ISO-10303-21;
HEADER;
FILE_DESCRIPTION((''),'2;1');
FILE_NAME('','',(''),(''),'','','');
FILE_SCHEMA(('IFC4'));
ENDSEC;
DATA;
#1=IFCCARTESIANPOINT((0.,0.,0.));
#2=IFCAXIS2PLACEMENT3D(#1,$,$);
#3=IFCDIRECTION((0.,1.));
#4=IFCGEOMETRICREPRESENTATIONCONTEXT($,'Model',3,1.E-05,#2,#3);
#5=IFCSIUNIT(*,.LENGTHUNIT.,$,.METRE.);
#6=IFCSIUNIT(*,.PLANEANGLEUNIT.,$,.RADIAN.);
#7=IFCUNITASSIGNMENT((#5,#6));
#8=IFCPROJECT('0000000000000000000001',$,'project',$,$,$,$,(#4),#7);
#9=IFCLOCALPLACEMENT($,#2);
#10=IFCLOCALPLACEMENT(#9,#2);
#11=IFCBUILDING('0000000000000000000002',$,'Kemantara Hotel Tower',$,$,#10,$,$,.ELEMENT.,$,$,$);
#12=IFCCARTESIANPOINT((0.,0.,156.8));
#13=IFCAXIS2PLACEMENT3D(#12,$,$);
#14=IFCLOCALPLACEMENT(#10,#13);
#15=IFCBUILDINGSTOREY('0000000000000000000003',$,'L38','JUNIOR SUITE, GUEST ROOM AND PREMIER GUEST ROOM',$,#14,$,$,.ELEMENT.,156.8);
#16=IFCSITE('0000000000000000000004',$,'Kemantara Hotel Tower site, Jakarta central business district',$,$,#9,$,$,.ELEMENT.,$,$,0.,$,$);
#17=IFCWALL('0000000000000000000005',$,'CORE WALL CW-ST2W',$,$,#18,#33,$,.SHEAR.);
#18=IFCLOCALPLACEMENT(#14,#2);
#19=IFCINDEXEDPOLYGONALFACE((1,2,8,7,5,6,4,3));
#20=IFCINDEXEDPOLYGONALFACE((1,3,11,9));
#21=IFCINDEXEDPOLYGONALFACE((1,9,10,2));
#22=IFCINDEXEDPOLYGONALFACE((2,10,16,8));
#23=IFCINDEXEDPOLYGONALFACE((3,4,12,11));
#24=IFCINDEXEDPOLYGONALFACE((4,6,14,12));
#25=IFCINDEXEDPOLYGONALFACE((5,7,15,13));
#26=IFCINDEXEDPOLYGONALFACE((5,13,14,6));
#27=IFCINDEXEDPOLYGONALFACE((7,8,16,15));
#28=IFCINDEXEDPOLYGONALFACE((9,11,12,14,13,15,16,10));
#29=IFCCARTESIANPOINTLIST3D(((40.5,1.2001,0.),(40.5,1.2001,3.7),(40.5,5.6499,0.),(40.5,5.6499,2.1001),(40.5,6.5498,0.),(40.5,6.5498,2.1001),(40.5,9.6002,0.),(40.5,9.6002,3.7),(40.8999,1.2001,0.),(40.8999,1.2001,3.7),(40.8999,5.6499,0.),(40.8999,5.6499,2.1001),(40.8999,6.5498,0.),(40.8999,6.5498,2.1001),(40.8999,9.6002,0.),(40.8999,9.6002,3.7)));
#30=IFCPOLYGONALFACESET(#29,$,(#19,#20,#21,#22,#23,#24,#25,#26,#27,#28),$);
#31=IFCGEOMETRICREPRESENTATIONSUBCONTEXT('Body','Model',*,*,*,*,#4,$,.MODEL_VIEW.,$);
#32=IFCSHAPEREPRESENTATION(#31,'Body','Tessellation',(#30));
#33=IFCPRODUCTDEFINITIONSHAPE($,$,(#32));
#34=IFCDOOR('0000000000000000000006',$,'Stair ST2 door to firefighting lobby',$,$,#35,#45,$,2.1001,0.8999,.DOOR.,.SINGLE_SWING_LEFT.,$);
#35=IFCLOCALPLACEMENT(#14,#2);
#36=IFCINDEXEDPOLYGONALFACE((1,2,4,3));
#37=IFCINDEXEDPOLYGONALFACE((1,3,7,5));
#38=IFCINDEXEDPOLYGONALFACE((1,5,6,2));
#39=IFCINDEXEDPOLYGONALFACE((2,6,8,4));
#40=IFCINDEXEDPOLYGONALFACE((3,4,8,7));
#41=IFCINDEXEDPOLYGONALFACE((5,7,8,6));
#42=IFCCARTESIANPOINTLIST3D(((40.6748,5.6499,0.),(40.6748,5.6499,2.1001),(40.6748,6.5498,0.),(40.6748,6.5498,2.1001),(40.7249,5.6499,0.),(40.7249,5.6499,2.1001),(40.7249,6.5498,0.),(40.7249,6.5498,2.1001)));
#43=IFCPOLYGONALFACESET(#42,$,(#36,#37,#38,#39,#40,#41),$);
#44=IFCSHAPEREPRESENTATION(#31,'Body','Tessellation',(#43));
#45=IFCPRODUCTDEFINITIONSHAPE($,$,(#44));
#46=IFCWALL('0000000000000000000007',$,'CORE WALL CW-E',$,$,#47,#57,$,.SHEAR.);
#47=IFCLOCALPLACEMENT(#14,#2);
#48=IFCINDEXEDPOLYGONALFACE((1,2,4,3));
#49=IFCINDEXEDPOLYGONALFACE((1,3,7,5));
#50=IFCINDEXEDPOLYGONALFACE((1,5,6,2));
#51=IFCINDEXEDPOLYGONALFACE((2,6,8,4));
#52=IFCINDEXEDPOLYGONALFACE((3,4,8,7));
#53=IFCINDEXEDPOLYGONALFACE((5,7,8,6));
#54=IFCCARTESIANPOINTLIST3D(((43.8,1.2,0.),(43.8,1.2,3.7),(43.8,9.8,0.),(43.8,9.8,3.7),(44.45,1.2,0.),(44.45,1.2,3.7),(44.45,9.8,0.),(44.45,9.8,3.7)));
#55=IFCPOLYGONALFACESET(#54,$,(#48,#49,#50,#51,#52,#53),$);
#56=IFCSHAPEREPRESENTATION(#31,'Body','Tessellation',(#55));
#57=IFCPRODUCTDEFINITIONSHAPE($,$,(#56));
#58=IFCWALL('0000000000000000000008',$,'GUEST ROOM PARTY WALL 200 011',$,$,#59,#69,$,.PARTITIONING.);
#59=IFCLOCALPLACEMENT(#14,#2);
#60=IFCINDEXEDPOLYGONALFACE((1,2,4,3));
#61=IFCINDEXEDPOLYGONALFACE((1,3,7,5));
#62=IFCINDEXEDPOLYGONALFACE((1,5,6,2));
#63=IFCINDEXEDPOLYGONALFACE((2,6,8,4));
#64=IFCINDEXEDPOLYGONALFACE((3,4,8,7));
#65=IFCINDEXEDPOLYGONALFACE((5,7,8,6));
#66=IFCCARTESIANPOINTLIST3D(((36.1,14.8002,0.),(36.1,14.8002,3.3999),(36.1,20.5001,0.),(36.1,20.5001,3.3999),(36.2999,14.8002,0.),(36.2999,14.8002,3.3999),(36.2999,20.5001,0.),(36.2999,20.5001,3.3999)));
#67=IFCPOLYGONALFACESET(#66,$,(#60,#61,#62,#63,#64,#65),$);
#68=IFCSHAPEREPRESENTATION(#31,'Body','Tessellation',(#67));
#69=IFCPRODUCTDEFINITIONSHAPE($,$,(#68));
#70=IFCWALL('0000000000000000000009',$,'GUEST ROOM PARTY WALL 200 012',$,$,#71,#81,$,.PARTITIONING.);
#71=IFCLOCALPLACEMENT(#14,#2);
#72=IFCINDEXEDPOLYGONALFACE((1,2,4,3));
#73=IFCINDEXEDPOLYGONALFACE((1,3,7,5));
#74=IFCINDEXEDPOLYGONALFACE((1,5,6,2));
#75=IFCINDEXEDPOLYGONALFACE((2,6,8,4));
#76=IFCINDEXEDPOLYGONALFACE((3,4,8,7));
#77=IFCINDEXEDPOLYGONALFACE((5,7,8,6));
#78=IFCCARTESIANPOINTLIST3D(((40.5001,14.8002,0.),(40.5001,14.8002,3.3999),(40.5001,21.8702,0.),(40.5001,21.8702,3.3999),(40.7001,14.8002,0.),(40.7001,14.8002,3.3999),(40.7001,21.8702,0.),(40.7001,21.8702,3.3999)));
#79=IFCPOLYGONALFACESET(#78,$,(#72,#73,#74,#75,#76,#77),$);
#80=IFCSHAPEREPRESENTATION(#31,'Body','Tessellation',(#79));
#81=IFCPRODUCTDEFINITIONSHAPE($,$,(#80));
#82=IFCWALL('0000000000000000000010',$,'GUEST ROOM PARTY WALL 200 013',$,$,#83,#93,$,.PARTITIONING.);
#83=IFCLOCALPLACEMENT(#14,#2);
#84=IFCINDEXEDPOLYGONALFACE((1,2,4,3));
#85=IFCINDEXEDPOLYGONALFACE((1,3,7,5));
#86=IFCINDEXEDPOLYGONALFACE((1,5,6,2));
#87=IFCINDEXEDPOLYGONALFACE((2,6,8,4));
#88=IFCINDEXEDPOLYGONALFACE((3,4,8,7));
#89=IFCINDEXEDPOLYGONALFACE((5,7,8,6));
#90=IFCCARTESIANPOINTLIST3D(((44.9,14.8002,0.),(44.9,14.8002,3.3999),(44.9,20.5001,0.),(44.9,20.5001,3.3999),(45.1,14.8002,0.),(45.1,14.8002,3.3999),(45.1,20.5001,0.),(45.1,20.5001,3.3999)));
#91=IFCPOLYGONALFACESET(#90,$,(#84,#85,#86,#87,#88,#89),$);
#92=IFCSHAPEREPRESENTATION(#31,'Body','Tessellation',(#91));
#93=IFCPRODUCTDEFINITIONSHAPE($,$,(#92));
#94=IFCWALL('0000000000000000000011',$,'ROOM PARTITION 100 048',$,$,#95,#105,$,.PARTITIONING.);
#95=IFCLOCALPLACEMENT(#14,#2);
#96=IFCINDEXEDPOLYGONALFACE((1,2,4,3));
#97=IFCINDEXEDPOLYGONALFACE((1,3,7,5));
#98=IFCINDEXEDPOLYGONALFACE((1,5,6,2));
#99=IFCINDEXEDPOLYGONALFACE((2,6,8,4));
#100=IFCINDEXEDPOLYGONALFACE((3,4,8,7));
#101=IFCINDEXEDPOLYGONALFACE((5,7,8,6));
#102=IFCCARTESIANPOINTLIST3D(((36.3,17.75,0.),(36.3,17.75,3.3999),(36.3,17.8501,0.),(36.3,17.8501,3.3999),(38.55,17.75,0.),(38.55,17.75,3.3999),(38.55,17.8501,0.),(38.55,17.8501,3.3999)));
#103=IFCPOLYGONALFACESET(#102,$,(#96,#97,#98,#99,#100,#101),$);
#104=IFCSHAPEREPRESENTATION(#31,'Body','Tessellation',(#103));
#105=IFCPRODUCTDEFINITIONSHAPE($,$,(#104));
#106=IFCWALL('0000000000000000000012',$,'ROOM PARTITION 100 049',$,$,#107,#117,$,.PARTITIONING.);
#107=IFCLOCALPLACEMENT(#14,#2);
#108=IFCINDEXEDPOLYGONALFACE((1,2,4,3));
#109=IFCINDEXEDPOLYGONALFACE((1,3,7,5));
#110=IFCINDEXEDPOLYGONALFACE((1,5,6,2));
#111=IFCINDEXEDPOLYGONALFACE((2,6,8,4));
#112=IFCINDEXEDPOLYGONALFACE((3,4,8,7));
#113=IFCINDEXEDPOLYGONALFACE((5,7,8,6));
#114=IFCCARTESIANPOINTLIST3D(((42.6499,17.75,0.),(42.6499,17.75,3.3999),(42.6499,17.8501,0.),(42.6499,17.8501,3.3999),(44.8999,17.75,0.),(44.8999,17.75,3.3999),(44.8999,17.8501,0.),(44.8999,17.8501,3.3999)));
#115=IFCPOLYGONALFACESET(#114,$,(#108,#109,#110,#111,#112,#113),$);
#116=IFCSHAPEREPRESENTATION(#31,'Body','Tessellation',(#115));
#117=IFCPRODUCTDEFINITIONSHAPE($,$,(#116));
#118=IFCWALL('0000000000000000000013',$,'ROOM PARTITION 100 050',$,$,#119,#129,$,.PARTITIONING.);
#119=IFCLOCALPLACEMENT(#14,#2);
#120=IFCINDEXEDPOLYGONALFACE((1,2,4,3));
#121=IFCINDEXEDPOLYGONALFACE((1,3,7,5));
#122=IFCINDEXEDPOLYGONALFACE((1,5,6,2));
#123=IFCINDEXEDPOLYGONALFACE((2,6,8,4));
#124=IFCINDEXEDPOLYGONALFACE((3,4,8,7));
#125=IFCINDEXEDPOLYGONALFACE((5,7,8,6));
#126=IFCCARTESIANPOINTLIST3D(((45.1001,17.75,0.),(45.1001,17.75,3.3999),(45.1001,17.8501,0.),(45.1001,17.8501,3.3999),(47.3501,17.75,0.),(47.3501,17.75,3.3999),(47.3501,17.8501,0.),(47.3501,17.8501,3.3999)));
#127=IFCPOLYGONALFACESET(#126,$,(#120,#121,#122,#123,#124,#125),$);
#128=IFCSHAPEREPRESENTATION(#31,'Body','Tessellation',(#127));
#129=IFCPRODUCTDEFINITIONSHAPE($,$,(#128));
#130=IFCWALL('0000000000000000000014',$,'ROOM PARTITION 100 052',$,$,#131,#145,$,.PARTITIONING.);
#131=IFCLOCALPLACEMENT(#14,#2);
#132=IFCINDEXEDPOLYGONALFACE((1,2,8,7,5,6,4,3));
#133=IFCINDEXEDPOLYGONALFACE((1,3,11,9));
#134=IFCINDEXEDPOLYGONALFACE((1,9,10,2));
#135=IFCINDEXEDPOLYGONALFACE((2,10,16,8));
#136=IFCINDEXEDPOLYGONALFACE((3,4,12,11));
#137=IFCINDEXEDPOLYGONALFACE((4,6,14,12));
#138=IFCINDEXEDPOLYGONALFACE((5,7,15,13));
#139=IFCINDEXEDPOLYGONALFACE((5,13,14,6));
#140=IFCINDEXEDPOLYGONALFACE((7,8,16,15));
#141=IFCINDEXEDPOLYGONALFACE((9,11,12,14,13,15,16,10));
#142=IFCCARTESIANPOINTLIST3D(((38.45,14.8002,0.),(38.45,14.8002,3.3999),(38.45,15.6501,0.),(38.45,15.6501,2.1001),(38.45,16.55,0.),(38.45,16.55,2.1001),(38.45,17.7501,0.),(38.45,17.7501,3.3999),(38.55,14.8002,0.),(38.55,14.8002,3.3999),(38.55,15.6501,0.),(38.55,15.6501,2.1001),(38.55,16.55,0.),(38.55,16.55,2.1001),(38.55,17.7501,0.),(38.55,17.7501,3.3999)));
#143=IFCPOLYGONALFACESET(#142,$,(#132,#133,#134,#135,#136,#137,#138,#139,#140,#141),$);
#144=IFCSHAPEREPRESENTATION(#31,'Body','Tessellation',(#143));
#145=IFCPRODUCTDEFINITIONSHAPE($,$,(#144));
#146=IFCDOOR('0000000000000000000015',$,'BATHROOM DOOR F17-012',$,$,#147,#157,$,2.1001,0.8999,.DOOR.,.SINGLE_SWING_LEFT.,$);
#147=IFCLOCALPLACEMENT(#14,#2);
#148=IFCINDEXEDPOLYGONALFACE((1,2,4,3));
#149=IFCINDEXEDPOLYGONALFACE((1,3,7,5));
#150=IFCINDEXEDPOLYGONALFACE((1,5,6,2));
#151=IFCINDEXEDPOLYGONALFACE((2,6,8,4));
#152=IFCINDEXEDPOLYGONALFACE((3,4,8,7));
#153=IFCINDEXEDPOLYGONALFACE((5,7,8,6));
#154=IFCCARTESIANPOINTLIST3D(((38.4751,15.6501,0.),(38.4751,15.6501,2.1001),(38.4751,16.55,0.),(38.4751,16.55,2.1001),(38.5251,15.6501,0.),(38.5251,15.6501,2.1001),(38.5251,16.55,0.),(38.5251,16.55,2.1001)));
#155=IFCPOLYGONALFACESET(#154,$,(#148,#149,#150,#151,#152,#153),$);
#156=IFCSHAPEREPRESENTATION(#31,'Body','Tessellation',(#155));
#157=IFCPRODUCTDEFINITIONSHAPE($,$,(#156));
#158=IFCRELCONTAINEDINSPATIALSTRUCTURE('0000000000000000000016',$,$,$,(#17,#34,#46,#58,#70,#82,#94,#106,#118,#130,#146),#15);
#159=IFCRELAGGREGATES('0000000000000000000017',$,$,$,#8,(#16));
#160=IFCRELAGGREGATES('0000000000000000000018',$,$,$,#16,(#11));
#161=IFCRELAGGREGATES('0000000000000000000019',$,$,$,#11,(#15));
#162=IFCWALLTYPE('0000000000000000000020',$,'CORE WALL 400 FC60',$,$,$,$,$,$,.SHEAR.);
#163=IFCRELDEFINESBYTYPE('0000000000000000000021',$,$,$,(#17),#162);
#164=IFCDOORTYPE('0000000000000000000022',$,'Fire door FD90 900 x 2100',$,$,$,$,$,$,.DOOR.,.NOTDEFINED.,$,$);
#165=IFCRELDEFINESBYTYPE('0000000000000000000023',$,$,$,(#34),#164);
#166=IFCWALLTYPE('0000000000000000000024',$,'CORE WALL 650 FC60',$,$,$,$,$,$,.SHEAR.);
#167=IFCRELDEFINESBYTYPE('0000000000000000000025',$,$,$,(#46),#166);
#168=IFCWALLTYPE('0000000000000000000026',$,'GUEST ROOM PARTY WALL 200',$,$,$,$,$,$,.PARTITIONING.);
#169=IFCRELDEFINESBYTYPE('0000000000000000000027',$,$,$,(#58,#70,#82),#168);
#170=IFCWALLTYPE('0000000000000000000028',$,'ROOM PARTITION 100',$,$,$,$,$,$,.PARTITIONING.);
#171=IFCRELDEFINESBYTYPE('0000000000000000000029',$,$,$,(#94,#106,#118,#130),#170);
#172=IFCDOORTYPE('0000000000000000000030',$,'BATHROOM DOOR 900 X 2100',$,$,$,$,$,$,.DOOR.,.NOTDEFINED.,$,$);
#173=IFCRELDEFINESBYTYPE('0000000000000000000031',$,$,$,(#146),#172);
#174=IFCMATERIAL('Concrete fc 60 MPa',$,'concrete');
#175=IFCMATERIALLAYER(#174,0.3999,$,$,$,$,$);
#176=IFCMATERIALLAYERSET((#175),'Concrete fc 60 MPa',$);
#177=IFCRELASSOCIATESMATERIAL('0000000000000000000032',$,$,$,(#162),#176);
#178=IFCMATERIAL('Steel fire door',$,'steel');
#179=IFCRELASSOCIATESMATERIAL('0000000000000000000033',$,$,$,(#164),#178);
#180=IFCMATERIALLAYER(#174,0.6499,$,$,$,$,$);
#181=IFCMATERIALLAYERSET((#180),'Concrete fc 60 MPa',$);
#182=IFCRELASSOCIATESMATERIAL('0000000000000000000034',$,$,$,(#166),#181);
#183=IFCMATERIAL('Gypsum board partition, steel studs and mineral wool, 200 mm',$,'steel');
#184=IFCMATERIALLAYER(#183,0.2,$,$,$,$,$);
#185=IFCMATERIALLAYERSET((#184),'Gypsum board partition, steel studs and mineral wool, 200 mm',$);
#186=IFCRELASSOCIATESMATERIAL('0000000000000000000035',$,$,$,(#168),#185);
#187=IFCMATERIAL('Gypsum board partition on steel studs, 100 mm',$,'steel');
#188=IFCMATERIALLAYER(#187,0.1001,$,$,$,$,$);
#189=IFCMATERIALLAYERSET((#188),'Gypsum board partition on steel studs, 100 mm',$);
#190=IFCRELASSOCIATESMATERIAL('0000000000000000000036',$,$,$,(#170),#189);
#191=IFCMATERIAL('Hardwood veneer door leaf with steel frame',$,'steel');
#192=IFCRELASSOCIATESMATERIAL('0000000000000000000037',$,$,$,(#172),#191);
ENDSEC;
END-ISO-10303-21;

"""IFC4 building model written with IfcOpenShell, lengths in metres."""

from ifc_helpers import new_model, si_unit, direction, frame, frame_2d, origin, place, context, subcontext, project, spatial, rectangle, extrude, material, layer, layer_set, type_object, element, fill, save


model = new_model("IFC4")

# Units and contexts
model_context = context("Model", 3, precision=1e-05, world=origin(), true_north=direction((0.0, 1.0)))
body_context = subcontext(model_context, "Body", "Model", "MODEL_VIEW")
ifc_project = project(units=[si_unit("LENGTHUNIT", "METRE"), si_unit("PLANEANGLEUNIT", "RADIAN")], contexts=[model_context])

# Site, building, storey
site_placement = place(None, origin())
site = spatial("IfcSite", under=ifc_project, at=site_placement, Name="Kemantara Hotel Tower site, Jakarta central business district", CompositionType="ELEMENT", RefElevation=0.0)
building_placement = place(site_placement, origin())
building = spatial("IfcBuilding", under=site, at=building_placement, Name="Kemantara Hotel Tower", CompositionType="ELEMENT")
storey_placement = place(building_placement, frame((0.0, 0.0, 156.8)))
storey = spatial("IfcBuildingStorey", under=building, at=storey_placement, Name="L38", Description="JUNIOR SUITE, GUEST ROOM AND PREMIER GUEST ROOM", CompositionType="ELEMENT", Elevation=156.8)

# Shared definitions
ifc_material_1 = material(Name="Concrete fc 60 MPa", Category="concrete")

# Wall, opening, door
ifc_layer_1 = layer(ifc_material_1, 0.3999)
ifc_layer_set_1 = layer_set([ifc_layer_1], Name="Concrete fc 60 MPa")
wall_type_1 = type_object("IfcWallType", Name="CORE WALL 400 FC60", PredefinedType="SHEAR", material=ifc_layer_set_1)
ifc_material_2 = material(Name="Steel fire door", Category="steel")
wall_1_placement = place(storey_placement, frame((40.7, 1.2, 0.0), z_axis=(0.0, 0.0, 1.0), x_axis=(0.0, 1.0, 0.0)))
wall_1 = element("IfcWall", 1, at=wall_1_placement, inside=storey, type_object=wall_type_1, Name="CORE WALL CW-ST2W", PredefinedType="SHEAR", context=body_context, shape_type="SweptSolid", body=[
    extrude(rectangle(XDim=8.4001, YDim=0.3999, at=frame_2d((4.2002, 0.0))), origin(), (0.0, 0.0, 1.0), 3.7),
])
opening_1_placement = place(wall_1_placement, frame((4.45, 0.0, 0.0)))
opening_1 = element("IfcOpeningElement", 2, at=opening_1_placement, cuts=wall_1, PredefinedType="OPENING", context=body_context, shape_type="SweptSolid", body=[
    extrude(rectangle(XDim=0.8999, YDim=2.1001, at=frame_2d((0.45, 1.05))), frame((0.0, 0.21, 0.0), z_axis=(0.0, -1.0, 0.0), x_axis=(1.0, 0.0, 0.0)), (0.0, 0.0, 1.0), 0.4199),
])
door_type_1 = type_object("IfcDoorType", Name="Fire door FD90 900 x 2100", OperationType="NOTDEFINED", PredefinedType="DOOR", material=ifc_material_2)
door_1_placement = place(opening_1_placement, frame((0.8999, 0.0, 0.0), z_axis=(0.0, 0.0, 1.0), x_axis=(-1.0, 0.0, 0.0)))
door_1 = element("IfcDoor", 3, at=door_1_placement, inside=storey, type_object=door_type_1, Name="Stair ST2 door to firefighting lobby", OperationType="SINGLE_SWING_LEFT", OverallHeight=2.1001, OverallWidth=0.8999, PredefinedType="DOOR", context=body_context, shape_type="SweptSolid", body=[
    extrude(rectangle(XDim=0.8999, YDim=2.1001, at=frame_2d((0.45, 1.05))), frame((0.0, 0.0249, 0.0), z_axis=(0.0, -1.0, 0.0), x_axis=(1.0, 0.0, 0.0)), (0.0, 0.0, 1.0), 0.05),
])
fill(opening_1, door_1)

# Walls
ifc_layer_2 = layer(ifc_material_1, 0.6499)
ifc_layer_set_2 = layer_set([ifc_layer_2], Name="Concrete fc 60 MPa")
wall_type_2 = type_object("IfcWallType", Name="CORE WALL 650 FC60", PredefinedType="SHEAR", material=ifc_layer_set_2)
wall_2_placement = place(storey_placement, frame((44.125, 1.2, 0.0), z_axis=(0.0, 0.0, 1.0), x_axis=(0.0, 1.0, 0.0)))
element("IfcWall", 4, at=wall_2_placement, inside=storey, type_object=wall_type_2, Name="CORE WALL CW-E", PredefinedType="SHEAR", context=body_context, shape_type="SweptSolid", body=[
    extrude(rectangle(XDim=8.6001, YDim=0.6499, at=frame_2d((4.3, 0.0))), origin(), (0.0, 0.0, 1.0), 3.7),
])
ifc_material_3 = material(Name="Gypsum board partition, steel studs and mineral wool, 200 mm", Category="steel")
ifc_layer_3 = layer(ifc_material_3, 0.2)
ifc_layer_set_3 = layer_set([ifc_layer_3], Name="Gypsum board partition, steel studs and mineral wool, 200 mm")
wall_type_3 = type_object("IfcWallType", Name="GUEST ROOM PARTY WALL 200", PredefinedType="PARTITIONING", material=ifc_layer_set_3)
wall_3_placement = place(storey_placement, frame((36.2, 14.8, 0.0), z_axis=(0.0, 0.0, 1.0), x_axis=(0.0, 1.0, 0.0)))
element("IfcWall", 5, at=wall_3_placement, inside=storey, type_object=wall_type_3, Name="GUEST ROOM PARTY WALL 200 011", PredefinedType="PARTITIONING", context=body_context, shape_type="SweptSolid", body=[
    extrude(rectangle(XDim=5.7, YDim=0.2, at=frame_2d((2.8501, 0.0))), origin(), (0.0, 0.0, 1.0), 3.3999),
])
wall_4_placement = place(storey_placement, frame((40.6001, 14.8, 0.0), z_axis=(0.0, 0.0, 1.0), x_axis=(0.0, 1.0, 0.0)))
element("IfcWall", 6, at=wall_4_placement, inside=storey, type_object=wall_type_3, Name="GUEST ROOM PARTY WALL 200 012", PredefinedType="PARTITIONING", context=body_context, shape_type="SweptSolid", body=[
    extrude(rectangle(XDim=7.0701, YDim=0.2, at=frame_2d((3.5352, 0.0))), origin(), (0.0, 0.0, 1.0), 3.3999),
])
wall_5_placement = place(storey_placement, frame((45.0, 14.8, 0.0), z_axis=(0.0, 0.0, 1.0), x_axis=(0.0, 1.0, 0.0)))
element("IfcWall", 7, at=wall_5_placement, inside=storey, type_object=wall_type_3, Name="GUEST ROOM PARTY WALL 200 013", PredefinedType="PARTITIONING", context=body_context, shape_type="SweptSolid", body=[
    extrude(rectangle(XDim=5.7, YDim=0.2, at=frame_2d((2.8501, 0.0))), origin(), (0.0, 0.0, 1.0), 3.3999),
])
ifc_material_4 = material(Name="Gypsum board partition on steel studs, 100 mm", Category="steel")
ifc_layer_4 = layer(ifc_material_4, 0.1001)
ifc_layer_set_4 = layer_set([ifc_layer_4], Name="Gypsum board partition on steel studs, 100 mm")
wall_type_4 = type_object("IfcWallType", Name="ROOM PARTITION 100", PredefinedType="PARTITIONING", material=ifc_layer_set_4)
for number, where, z_axis, x_axis, name in (
    (8, (36.3, 17.8, 0.0), (0.0, 0.0, 1.0), (1.0, 0.0, 0.0), "ROOM PARTITION 100 048"),
    (9, (42.6499, 17.8, 0.0), (0.0, 0.0, 1.0), (1.0, 0.0, 0.0), "ROOM PARTITION 100 049"),
    (10, (45.1001, 17.8, 0.0), (0.0, 0.0, 1.0), (1.0, 0.0, 0.0), "ROOM PARTITION 100 050"),
):
    element("IfcWall", number, at=place(storey_placement, frame(where, z_axis=z_axis, x_axis=x_axis)), inside=storey, type_object=wall_type_4, Name=name, PredefinedType="PARTITIONING", context=body_context, shape_type="SweptSolid", body=[
        extrude(rectangle(XDim=2.25, YDim=0.1001, at=frame_2d((1.125, 0.0))), origin(), (0.0, 0.0, 1.0), 3.3999),
    ])

# Wall, opening, door
wall_6_placement = place(storey_placement, frame((38.5, 14.8, 0.0), z_axis=(0.0, 0.0, 1.0), x_axis=(0.0, 1.0, 0.0)))
wall_6 = element("IfcWall", 11, at=wall_6_placement, inside=storey, type_object=wall_type_4, Name="ROOM PARTITION 100 052", PredefinedType="PARTITIONING", context=body_context, shape_type="SweptSolid", body=[
    extrude(rectangle(XDim=2.95, YDim=0.1001, at=frame_2d((1.4751, 0.0))), origin(), (0.0, 0.0, 1.0), 3.3999),
])
opening_2_placement = place(wall_6_placement, frame((0.8501, 0.0, 0.0)))
opening_2 = element("IfcOpeningElement", 12, at=opening_2_placement, cuts=wall_6, PredefinedType="OPENING", context=body_context, shape_type="SweptSolid", body=[
    extrude(rectangle(XDim=0.8999, YDim=2.1001, at=frame_2d((0.45, 1.05))), frame((0.0, 0.0601, 0.0), z_axis=(0.0, -1.0, 0.0), x_axis=(1.0, 0.0, 0.0)), (0.0, 0.0, 1.0), 0.1201),
])
ifc_material_5 = material(Name="Hardwood veneer door leaf with steel frame", Category="steel")
door_type_2 = type_object("IfcDoorType", Name="BATHROOM DOOR 900 X 2100", OperationType="NOTDEFINED", PredefinedType="DOOR", material=ifc_material_5)
door_2_placement = place(opening_2_placement, origin())
door_2 = element("IfcDoor", 13, at=door_2_placement, inside=storey, type_object=door_type_2, Name="BATHROOM DOOR F17-012", OperationType="SINGLE_SWING_LEFT", OverallHeight=2.1001, OverallWidth=0.8999, PredefinedType="DOOR", context=body_context, shape_type="SweptSolid", body=[
    extrude(rectangle(XDim=0.8999, YDim=2.1001, at=frame_2d((0.45, 1.05))), frame((0.0, 0.0249, 0.0), z_axis=(0.0, -1.0, 0.0), x_axis=(1.0, 0.0, 0.0)), (0.0, 0.0, 1.0), 0.05),
])
fill(opening_2, door_2)

save(model, "model.ifc")
